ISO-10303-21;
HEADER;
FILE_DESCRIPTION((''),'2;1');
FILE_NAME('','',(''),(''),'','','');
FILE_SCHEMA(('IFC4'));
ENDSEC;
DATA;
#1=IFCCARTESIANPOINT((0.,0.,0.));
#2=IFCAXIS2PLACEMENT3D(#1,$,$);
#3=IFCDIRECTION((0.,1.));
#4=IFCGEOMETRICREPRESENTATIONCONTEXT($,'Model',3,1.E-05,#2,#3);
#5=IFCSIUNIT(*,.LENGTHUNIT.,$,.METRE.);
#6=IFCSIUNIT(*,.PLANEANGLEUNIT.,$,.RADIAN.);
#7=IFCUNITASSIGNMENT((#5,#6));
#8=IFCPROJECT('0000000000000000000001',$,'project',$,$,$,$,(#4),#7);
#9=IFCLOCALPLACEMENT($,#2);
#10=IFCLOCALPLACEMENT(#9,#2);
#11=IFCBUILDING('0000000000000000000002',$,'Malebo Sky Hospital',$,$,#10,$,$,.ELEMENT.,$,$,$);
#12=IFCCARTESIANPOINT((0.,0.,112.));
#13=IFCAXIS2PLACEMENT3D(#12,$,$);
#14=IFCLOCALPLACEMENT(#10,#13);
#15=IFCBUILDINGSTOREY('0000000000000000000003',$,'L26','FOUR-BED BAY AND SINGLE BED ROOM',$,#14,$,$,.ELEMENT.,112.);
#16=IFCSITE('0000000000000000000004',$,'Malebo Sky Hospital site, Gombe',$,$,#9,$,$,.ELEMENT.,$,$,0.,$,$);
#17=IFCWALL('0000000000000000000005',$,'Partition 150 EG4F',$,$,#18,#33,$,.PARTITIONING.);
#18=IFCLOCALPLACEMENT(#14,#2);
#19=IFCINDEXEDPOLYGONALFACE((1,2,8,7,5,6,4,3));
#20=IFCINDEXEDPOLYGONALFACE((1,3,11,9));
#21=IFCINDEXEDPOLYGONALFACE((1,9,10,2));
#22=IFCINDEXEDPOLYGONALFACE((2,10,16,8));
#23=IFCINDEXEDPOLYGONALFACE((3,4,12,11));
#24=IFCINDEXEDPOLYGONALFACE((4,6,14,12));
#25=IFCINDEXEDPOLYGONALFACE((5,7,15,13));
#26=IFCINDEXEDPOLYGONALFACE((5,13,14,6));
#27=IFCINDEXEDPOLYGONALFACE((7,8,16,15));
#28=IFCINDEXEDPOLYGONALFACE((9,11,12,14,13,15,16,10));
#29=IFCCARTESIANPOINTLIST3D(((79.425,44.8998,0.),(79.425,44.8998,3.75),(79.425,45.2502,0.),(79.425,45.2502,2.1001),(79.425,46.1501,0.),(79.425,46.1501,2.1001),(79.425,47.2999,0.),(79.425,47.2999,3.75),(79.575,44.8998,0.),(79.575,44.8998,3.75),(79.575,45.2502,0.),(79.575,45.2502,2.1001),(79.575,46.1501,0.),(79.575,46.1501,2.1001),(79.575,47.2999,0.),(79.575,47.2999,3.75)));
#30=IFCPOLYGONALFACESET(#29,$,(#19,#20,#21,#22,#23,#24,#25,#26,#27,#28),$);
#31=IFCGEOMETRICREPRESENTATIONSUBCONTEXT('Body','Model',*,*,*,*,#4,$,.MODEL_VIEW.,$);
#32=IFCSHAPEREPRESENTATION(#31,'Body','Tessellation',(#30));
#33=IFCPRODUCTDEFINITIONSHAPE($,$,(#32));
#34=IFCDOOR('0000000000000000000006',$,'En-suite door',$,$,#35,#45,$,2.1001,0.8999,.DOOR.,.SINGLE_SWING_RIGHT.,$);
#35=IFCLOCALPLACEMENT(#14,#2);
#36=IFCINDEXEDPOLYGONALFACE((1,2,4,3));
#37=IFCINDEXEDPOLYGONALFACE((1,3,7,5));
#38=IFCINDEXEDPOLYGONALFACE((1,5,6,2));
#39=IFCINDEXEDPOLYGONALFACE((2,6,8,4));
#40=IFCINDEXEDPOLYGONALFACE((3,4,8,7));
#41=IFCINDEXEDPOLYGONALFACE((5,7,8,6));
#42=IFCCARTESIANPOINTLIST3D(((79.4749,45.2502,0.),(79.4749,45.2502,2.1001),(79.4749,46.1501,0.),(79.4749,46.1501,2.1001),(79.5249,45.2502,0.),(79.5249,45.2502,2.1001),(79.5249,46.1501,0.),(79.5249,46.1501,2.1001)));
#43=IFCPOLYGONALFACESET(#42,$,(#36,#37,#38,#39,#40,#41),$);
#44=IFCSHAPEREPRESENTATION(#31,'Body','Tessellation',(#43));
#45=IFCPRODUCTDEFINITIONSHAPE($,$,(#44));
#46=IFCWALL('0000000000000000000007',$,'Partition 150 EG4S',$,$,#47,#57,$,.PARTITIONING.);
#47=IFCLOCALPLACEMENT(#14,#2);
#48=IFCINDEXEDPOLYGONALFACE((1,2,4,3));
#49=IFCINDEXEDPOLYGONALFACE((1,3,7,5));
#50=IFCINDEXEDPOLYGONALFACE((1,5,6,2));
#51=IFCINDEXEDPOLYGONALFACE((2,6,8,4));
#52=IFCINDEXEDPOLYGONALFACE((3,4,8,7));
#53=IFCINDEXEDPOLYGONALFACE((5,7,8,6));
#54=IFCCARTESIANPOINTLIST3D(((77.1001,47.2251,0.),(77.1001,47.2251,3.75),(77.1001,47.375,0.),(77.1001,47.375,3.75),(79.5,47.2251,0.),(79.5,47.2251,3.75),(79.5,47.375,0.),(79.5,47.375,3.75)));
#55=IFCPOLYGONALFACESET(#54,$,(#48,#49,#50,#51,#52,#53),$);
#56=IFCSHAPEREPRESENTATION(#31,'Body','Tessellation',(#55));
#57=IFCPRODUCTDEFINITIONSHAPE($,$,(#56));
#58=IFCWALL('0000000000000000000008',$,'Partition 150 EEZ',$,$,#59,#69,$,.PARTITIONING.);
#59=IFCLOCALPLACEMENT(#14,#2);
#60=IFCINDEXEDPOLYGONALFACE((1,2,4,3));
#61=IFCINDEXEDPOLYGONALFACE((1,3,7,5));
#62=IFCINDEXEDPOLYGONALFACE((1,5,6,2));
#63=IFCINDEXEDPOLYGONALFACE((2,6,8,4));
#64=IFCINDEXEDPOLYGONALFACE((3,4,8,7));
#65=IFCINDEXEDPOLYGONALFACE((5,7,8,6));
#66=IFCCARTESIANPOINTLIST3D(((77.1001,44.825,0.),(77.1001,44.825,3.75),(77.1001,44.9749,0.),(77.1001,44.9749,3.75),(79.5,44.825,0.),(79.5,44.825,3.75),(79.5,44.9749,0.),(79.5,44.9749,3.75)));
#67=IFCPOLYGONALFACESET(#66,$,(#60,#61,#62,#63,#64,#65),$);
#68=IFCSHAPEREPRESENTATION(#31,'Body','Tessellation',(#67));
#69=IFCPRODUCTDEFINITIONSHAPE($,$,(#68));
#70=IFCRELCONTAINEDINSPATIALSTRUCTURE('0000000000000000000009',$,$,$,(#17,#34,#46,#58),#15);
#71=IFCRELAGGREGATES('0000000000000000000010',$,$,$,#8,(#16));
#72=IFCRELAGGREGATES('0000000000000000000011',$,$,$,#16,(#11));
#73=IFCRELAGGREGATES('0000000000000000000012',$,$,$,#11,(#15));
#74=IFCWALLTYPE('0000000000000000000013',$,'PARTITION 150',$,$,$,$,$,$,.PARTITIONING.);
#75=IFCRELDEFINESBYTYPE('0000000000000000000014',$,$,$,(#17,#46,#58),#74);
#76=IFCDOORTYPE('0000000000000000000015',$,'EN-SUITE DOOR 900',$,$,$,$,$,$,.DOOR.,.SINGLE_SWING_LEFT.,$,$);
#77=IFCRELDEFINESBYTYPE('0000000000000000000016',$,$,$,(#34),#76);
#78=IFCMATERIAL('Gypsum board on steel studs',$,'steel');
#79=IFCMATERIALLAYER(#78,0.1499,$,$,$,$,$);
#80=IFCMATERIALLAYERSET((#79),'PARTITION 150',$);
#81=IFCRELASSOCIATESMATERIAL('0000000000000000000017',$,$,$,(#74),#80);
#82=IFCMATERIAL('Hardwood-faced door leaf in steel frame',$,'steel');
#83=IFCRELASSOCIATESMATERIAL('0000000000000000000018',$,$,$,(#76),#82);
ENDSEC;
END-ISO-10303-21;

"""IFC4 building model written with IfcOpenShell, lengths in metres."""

from ifc_helpers import new_model, si_unit, direction, frame, frame_2d, origin, place, context, subcontext, project, spatial, rectangle, extrude, material, layer, layer_set, type_object, element, fill, save


model = new_model("IFC4")

# Units and contexts
model_context = context("Model", 3, precision=1e-05, world=origin(), true_north=direction((0.0, 1.0)))
body_context = subcontext(model_context, "Body", "Model", "MODEL_VIEW")
ifc_project = project(units=[si_unit("LENGTHUNIT", "METRE"), si_unit("PLANEANGLEUNIT", "RADIAN")], contexts=[model_context])

# Site, building, storey
site_placement = place(None, origin())
site = spatial("IfcSite", under=ifc_project, at=site_placement, Name="Malebo Sky Hospital site, Gombe", CompositionType="ELEMENT", RefElevation=0.0)
building_placement = place(site_placement, origin())
building = spatial("IfcBuilding", under=site, at=building_placement, Name="Malebo Sky Hospital", CompositionType="ELEMENT")
storey_placement = place(building_placement, frame((0.0, 0.0, 112.0)))
storey = spatial("IfcBuildingStorey", under=building, at=storey_placement, Name="L26", Description="FOUR-BED BAY AND SINGLE BED ROOM", CompositionType="ELEMENT", Elevation=112.0)

# Shared definitions
ifc_material_1 = material(Name="Gypsum board on steel studs", Category="steel")
ifc_material_2 = material(Name="Hardwood-faced door leaf in steel frame", Category="steel")

# Shared definitions
ifc_layer_1 = layer(ifc_material_1, 0.1499)
ifc_layer_set_1 = layer_set([ifc_layer_1], Name="PARTITION 150")
wall_type_1 = type_object("IfcWallType", Name="PARTITION 150", PredefinedType="PARTITIONING", material=ifc_layer_set_1)

# Wall, opening, door
wall_1_placement = place(storey_placement, frame((79.5, 47.3, 0.0), z_axis=(0.0, 0.0, 1.0), x_axis=(0.0, -1.0, 0.0)))
wall_1 = element("IfcWall", 1, at=wall_1_placement, inside=storey, type_object=wall_type_1, Name="Partition 150 EG4F", PredefinedType="PARTITIONING", context=body_context, shape_type="SweptSolid", body=[
    extrude(rectangle(XDim=2.4001, YDim=0.1499, at=frame_2d((1.2002, 0.0))), origin(), (0.0, 0.0, 1.0), 3.75),
])
opening_1_placement = place(wall_1_placement, frame((1.1499, 0.0, 0.0)))
opening_1 = element("IfcOpeningElement", 2, at=opening_1_placement, cuts=wall_1, PredefinedType="OPENING", context=body_context, shape_type="SweptSolid", body=[
    extrude(rectangle(XDim=0.8999, YDim=2.1001, at=frame_2d((0.45, 1.05))), frame((0.0, 0.085, 0.0), z_axis=(0.0, -1.0, 0.0), x_axis=(1.0, 0.0, 0.0)), (0.0, 0.0, 1.0), 0.1699),
])
door_type_1 = type_object("IfcDoorType", Name="EN-SUITE DOOR 900", OperationType="SINGLE_SWING_LEFT", PredefinedType="DOOR", material=ifc_material_2)
door_1_placement = place(opening_1_placement, origin())
door_1 = element("IfcDoor", 3, at=door_1_placement, inside=storey, type_object=door_type_1, Name="En-suite door", OperationType="SINGLE_SWING_RIGHT", OverallHeight=2.1001, OverallWidth=0.8999, PredefinedType="DOOR", context=body_context, shape_type="SweptSolid", body=[
    extrude(rectangle(XDim=0.8999, YDim=2.1001, at=frame_2d((0.45, 1.05))), frame((0.0, 0.0249, 0.0), z_axis=(0.0, -1.0, 0.0), x_axis=(1.0, 0.0, 0.0)), (0.0, 0.0, 1.0), 0.05),
])
fill(opening_1, door_1)

# Walls
for number, where, z_axis, x_axis, name in (
    (4, (77.1001, 47.3, 0.0), (0.0, 0.0, 1.0), (1.0, 0.0, 0.0), "Partition 150 EG4S"),
    (5, (77.1001, 44.8999, 0.0), (0.0, 0.0, 1.0), (1.0, 0.0, 0.0), "Partition 150 EEZ"),
):
    element("IfcWall", number, at=place(storey_placement, frame(where, z_axis=z_axis, x_axis=x_axis)), inside=storey, type_object=wall_type_1, Name=name, PredefinedType="PARTITIONING", context=body_context, shape_type="SweptSolid", body=[
        extrude(rectangle(XDim=2.3999, YDim=0.1499, at=frame_2d((1.2, 0.0))), origin(), (0.0, 0.0, 1.0), 3.75),
    ])

save(model, "model.ifc")
